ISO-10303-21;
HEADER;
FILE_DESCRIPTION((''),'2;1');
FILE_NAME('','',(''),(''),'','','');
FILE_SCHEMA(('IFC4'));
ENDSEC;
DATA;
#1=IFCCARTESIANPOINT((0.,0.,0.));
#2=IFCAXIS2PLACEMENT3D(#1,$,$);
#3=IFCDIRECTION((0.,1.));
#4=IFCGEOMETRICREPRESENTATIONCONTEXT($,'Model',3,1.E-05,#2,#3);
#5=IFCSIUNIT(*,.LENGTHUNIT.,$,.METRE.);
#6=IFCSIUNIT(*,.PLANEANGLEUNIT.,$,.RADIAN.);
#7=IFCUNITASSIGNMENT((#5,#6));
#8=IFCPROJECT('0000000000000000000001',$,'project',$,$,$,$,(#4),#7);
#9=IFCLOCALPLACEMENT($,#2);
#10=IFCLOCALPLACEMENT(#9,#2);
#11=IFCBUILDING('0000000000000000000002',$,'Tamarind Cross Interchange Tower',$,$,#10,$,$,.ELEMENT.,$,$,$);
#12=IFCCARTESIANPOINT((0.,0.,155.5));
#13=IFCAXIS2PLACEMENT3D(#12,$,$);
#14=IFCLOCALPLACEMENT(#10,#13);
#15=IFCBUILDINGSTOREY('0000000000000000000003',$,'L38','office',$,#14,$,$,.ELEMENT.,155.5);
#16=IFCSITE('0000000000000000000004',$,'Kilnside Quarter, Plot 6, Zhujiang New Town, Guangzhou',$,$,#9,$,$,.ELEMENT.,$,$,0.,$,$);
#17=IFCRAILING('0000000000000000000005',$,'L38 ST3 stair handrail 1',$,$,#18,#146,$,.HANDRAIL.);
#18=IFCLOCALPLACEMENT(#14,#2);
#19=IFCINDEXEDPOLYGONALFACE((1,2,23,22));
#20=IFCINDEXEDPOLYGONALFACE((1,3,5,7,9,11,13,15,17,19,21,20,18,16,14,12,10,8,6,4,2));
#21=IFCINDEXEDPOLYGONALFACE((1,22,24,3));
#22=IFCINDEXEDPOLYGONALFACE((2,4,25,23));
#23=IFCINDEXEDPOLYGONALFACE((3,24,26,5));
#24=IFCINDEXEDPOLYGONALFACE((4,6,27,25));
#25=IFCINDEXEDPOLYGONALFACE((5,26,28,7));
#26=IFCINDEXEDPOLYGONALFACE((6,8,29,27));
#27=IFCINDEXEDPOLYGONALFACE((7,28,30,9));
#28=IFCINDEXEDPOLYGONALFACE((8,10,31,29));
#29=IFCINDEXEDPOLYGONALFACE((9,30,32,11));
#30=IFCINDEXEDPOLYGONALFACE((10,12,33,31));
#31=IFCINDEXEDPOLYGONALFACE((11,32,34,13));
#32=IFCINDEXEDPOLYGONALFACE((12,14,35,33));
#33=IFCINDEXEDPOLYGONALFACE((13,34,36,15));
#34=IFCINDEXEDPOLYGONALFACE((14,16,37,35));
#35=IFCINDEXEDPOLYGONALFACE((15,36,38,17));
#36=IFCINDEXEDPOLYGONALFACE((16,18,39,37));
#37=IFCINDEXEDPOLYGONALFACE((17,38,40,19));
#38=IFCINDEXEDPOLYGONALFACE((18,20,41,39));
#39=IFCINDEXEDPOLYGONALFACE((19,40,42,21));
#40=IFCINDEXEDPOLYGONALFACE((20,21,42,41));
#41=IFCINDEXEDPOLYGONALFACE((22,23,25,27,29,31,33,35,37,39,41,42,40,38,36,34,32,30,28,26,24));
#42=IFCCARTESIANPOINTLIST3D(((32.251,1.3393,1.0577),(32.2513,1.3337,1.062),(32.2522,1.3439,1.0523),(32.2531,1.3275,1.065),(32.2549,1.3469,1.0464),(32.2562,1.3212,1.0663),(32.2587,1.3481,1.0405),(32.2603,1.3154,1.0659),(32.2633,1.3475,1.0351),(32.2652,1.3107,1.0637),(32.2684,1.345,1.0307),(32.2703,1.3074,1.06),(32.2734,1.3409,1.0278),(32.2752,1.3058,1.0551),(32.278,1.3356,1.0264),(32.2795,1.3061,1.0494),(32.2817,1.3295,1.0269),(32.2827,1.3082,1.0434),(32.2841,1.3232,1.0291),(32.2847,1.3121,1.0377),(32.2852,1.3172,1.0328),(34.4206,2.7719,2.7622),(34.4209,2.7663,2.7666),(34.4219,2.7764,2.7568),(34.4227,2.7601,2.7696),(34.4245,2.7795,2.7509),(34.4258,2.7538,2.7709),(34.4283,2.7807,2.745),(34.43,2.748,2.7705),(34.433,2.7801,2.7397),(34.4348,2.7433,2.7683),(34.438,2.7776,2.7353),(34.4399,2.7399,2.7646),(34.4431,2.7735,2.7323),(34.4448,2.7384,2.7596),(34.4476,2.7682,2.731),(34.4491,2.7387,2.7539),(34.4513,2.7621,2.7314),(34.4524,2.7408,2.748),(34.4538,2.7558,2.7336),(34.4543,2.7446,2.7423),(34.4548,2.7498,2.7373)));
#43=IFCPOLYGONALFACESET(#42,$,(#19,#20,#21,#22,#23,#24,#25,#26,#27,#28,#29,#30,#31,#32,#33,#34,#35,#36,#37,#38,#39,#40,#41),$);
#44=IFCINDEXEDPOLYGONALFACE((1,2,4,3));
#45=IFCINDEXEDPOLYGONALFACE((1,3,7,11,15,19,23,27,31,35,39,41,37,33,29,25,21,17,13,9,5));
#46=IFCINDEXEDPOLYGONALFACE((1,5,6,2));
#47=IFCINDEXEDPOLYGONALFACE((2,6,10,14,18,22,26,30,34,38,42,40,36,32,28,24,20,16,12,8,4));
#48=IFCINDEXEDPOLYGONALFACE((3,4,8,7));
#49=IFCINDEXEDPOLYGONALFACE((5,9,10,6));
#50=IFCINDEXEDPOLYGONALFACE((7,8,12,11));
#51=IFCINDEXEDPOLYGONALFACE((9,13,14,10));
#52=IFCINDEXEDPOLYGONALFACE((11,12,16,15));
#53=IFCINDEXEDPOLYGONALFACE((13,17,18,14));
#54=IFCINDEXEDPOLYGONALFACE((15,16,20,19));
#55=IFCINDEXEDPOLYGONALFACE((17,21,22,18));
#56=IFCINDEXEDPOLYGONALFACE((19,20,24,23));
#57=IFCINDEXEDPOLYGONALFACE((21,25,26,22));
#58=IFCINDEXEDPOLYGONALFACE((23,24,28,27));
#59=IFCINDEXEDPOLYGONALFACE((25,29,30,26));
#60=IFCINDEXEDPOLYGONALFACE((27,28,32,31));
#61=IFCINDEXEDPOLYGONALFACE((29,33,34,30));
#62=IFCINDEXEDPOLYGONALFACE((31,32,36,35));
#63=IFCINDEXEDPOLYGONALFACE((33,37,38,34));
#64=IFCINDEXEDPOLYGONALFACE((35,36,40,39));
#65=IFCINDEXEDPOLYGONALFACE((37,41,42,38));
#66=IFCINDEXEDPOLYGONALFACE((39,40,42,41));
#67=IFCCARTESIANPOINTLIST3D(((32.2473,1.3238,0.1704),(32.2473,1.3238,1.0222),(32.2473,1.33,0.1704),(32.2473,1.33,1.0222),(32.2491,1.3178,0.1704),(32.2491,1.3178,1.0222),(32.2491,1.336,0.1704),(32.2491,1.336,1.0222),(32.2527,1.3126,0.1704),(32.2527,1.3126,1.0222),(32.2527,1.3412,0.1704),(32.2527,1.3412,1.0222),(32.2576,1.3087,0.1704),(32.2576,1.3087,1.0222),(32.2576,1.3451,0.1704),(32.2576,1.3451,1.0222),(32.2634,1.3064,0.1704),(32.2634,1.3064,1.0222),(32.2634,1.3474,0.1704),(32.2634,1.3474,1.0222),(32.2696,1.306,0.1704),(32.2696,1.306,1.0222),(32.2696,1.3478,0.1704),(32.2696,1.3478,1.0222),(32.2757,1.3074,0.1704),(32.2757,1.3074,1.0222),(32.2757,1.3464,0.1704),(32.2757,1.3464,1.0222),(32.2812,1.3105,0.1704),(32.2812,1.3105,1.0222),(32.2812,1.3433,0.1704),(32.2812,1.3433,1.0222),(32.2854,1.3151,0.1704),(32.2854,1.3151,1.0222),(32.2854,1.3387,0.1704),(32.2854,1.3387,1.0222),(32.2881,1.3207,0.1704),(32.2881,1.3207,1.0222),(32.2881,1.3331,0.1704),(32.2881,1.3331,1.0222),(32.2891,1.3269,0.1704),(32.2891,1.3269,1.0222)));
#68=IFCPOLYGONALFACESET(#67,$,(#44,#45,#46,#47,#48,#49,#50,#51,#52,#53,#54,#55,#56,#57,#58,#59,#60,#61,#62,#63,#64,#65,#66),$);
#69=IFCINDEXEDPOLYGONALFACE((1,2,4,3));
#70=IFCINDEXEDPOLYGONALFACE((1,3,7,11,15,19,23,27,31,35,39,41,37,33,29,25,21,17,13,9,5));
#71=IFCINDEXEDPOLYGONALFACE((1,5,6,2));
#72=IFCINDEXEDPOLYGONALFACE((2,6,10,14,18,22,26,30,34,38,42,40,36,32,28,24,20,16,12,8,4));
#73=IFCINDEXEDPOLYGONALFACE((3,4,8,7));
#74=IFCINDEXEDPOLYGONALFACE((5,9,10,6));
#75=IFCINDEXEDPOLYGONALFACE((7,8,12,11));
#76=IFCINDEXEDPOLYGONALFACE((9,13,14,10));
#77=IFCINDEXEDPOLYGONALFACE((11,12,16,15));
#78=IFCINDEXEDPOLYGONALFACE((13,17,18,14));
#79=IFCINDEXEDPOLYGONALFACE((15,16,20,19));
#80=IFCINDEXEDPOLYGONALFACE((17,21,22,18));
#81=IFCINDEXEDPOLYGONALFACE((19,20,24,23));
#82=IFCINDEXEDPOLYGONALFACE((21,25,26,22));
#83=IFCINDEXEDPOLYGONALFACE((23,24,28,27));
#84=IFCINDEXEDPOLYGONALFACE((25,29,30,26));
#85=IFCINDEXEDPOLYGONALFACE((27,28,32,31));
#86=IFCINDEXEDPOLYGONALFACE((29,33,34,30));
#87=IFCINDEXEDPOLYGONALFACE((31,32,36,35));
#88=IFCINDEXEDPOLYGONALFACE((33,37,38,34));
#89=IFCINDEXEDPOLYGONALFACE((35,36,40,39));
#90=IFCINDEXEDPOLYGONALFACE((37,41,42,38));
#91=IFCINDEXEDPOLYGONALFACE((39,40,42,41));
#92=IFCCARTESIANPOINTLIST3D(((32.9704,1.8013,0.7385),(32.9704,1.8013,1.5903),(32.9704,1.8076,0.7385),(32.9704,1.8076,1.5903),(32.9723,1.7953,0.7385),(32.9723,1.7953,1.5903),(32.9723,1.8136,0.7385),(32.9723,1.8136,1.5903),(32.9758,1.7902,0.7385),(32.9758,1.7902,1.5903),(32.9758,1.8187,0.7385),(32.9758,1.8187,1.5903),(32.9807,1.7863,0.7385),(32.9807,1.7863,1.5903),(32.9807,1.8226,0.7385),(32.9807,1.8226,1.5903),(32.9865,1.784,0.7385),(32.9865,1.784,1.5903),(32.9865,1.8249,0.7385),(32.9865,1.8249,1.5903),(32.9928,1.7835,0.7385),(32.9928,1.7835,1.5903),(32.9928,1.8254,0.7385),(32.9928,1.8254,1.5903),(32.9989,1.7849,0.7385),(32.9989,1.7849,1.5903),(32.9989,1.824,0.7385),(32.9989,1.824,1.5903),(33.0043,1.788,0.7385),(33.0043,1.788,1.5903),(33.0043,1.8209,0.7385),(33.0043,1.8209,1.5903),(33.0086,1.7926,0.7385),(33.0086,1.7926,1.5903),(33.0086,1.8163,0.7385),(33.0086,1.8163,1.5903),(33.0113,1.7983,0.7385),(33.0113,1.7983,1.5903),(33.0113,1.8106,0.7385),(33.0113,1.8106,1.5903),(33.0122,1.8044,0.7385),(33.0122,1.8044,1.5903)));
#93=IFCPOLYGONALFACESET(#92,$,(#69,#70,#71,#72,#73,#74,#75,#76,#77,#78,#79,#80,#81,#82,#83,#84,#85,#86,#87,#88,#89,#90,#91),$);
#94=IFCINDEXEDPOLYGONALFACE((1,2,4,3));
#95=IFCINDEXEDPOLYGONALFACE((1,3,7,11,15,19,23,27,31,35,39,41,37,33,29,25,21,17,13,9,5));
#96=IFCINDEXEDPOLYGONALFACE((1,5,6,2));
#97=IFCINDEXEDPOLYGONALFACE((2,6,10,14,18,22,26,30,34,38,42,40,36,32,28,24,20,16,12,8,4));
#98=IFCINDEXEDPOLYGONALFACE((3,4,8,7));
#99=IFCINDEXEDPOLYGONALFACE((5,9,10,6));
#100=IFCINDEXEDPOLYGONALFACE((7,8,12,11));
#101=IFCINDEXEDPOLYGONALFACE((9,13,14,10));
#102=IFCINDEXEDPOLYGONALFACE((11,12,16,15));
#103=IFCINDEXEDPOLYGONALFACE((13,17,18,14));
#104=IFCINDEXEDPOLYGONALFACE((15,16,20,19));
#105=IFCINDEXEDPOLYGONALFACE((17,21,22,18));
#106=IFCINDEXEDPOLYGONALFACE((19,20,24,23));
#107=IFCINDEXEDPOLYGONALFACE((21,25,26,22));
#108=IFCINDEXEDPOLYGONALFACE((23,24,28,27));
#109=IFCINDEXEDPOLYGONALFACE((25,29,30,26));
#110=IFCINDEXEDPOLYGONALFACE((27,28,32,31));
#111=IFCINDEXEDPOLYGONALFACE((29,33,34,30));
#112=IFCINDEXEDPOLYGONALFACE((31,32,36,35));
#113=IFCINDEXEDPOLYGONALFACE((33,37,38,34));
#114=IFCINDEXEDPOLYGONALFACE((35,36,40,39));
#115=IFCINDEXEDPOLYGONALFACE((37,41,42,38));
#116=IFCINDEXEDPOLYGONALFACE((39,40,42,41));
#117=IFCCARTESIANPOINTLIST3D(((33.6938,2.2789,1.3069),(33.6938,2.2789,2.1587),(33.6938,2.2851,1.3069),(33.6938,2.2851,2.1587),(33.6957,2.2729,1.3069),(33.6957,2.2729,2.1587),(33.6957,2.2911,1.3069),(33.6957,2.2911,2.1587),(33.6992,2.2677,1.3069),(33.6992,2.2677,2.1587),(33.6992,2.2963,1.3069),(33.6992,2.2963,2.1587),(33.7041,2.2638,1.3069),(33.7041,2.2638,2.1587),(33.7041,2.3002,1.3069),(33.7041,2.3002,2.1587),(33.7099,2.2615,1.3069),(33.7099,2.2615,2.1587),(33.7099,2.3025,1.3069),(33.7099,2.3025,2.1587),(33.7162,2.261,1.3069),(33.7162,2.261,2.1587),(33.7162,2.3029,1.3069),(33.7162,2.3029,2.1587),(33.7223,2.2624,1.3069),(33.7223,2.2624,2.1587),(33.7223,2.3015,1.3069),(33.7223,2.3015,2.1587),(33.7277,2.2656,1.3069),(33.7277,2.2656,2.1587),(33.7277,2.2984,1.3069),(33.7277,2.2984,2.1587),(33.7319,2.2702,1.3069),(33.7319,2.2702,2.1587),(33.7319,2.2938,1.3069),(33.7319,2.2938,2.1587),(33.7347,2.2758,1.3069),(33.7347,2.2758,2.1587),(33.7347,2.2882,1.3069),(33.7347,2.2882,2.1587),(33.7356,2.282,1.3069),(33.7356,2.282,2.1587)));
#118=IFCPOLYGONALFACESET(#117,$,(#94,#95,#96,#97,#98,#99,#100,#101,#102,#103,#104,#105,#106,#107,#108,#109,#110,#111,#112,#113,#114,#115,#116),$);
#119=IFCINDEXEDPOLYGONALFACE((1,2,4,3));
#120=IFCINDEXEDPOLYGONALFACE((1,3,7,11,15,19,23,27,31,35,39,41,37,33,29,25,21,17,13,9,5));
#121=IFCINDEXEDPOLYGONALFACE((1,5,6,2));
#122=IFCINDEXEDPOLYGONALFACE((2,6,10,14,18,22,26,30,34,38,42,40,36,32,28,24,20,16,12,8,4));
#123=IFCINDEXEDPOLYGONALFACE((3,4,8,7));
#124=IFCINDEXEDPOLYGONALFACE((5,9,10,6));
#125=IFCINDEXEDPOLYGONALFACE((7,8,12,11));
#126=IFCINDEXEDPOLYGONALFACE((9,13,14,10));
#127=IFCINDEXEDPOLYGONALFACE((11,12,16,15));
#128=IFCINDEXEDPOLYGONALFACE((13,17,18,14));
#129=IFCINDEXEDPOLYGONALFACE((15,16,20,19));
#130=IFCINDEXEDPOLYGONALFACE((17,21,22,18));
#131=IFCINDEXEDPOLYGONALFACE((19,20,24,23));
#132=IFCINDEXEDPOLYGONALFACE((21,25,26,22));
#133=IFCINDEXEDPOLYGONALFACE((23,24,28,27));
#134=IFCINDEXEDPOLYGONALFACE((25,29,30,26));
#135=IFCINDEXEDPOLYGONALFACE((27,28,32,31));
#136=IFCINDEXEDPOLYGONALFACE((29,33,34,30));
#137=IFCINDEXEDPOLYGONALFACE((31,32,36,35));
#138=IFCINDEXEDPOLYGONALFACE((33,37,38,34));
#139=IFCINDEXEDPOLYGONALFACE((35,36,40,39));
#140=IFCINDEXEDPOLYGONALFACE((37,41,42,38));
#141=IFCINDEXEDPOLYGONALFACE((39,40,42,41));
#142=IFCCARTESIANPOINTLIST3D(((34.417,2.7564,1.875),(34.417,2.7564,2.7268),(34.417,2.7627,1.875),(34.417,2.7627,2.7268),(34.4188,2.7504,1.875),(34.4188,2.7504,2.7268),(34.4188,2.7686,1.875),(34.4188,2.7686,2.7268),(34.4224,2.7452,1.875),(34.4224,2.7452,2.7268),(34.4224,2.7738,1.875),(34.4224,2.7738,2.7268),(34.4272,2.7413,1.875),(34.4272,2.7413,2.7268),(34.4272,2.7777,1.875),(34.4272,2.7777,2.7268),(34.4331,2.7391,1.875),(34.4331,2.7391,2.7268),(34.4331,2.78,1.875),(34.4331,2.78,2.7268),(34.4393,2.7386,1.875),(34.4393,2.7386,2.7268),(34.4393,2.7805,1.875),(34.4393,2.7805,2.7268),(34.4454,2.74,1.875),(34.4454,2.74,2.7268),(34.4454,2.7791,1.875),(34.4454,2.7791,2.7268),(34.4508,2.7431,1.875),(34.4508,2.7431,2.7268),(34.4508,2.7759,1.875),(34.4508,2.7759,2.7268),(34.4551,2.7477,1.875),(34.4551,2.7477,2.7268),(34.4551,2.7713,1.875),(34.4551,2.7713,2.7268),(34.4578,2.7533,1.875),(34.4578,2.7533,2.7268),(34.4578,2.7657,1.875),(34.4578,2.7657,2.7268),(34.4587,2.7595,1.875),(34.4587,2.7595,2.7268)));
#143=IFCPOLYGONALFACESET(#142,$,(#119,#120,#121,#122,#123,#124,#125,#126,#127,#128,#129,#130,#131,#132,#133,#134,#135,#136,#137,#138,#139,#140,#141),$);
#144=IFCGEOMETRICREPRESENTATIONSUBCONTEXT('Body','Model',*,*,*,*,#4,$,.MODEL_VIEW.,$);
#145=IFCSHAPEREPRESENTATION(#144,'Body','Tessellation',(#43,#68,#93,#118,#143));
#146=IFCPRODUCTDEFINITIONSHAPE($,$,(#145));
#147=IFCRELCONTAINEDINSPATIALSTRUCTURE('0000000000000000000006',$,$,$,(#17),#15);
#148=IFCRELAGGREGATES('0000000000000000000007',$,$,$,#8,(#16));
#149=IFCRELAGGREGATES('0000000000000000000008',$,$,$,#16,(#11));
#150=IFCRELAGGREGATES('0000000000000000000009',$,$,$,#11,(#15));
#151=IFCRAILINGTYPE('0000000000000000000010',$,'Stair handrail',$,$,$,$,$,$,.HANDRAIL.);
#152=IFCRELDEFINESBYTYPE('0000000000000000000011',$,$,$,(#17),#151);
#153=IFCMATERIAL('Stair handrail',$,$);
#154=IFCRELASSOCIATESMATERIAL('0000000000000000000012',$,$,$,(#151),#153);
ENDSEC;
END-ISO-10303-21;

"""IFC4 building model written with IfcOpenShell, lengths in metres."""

from ifc_helpers import new_model, si_unit, direction, frame, origin, origin_2d, place, context, subcontext, project, spatial, circle, extrude, material, type_object, element, save


model = new_model("IFC4")

# Units and contexts
model_context = context("Model", 3, precision=1e-05, world=origin(), true_north=direction((0.0, 1.0)))
body_context = subcontext(model_context, "Body", "Model", "MODEL_VIEW")
ifc_project = project(units=[si_unit("LENGTHUNIT", "METRE"), si_unit("PLANEANGLEUNIT", "RADIAN")], contexts=[model_context])

# Site, building, storey
site_placement = place(None, origin())
site = spatial("IfcSite", under=ifc_project, at=site_placement, Name="Kilnside Quarter, Plot 6, Zhujiang New Town, Guangzhou", CompositionType="ELEMENT", RefElevation=0.0)
building_placement = place(site_placement, origin())
building = spatial("IfcBuilding", under=site, at=building_placement, Name="Tamarind Cross Interchange Tower", CompositionType="ELEMENT")
storey_placement = place(building_placement, frame((0.0, 0.0, 155.5)))
storey = spatial("IfcBuildingStorey", under=building, at=storey_placement, Name="L38", Description="office", CompositionType="ELEMENT", Elevation=155.5)

# Railing
ifc_material_1 = material(Name="Stair handrail")
railing_type_1 = type_object("IfcRailingType", Name="Stair handrail", PredefinedType="HANDRAIL", material=ifc_material_1)
railing_1_placement = place(storey_placement, frame((32.2681, 1.3269, 0.1704)))
element("IfcRailing", 1, at=railing_1_placement, inside=storey, type_object=railing_type_1, Name="L38 ST3 stair handrail 1", PredefinedType="HANDRAIL", context=body_context, shape_type="SweptSolid", body=[
    extrude(circle(Radius=0.0239, at=origin_2d()), frame((0.0, 0.0, 0.876), z_axis=(0.697883, 0.460805, 0.548286), x_axis=(-0.551011, 0.834498, 0.0)), (0.0, 0.0, 1.0), 3.1089),
    extrude(circle(Radius=0.021, at=origin_2d()), origin(), (0.0, 0.0, 1.0), 0.8518),
    extrude(circle(Radius=0.021, at=origin_2d()), frame((0.7231, 0.4775, 0.5681)), (0.0, 0.0, 1.0), 0.8518),
    extrude(circle(Radius=0.021, at=origin_2d()), frame((1.4465, 0.9551, 1.1365)), (0.0, 0.0, 1.0), 0.8518),
    extrude(circle(Radius=0.021, at=origin_2d()), frame((2.1697, 1.4326, 1.7046)), (0.0, 0.0, 1.0), 0.8518),
])

save(model, "model.ifc")
